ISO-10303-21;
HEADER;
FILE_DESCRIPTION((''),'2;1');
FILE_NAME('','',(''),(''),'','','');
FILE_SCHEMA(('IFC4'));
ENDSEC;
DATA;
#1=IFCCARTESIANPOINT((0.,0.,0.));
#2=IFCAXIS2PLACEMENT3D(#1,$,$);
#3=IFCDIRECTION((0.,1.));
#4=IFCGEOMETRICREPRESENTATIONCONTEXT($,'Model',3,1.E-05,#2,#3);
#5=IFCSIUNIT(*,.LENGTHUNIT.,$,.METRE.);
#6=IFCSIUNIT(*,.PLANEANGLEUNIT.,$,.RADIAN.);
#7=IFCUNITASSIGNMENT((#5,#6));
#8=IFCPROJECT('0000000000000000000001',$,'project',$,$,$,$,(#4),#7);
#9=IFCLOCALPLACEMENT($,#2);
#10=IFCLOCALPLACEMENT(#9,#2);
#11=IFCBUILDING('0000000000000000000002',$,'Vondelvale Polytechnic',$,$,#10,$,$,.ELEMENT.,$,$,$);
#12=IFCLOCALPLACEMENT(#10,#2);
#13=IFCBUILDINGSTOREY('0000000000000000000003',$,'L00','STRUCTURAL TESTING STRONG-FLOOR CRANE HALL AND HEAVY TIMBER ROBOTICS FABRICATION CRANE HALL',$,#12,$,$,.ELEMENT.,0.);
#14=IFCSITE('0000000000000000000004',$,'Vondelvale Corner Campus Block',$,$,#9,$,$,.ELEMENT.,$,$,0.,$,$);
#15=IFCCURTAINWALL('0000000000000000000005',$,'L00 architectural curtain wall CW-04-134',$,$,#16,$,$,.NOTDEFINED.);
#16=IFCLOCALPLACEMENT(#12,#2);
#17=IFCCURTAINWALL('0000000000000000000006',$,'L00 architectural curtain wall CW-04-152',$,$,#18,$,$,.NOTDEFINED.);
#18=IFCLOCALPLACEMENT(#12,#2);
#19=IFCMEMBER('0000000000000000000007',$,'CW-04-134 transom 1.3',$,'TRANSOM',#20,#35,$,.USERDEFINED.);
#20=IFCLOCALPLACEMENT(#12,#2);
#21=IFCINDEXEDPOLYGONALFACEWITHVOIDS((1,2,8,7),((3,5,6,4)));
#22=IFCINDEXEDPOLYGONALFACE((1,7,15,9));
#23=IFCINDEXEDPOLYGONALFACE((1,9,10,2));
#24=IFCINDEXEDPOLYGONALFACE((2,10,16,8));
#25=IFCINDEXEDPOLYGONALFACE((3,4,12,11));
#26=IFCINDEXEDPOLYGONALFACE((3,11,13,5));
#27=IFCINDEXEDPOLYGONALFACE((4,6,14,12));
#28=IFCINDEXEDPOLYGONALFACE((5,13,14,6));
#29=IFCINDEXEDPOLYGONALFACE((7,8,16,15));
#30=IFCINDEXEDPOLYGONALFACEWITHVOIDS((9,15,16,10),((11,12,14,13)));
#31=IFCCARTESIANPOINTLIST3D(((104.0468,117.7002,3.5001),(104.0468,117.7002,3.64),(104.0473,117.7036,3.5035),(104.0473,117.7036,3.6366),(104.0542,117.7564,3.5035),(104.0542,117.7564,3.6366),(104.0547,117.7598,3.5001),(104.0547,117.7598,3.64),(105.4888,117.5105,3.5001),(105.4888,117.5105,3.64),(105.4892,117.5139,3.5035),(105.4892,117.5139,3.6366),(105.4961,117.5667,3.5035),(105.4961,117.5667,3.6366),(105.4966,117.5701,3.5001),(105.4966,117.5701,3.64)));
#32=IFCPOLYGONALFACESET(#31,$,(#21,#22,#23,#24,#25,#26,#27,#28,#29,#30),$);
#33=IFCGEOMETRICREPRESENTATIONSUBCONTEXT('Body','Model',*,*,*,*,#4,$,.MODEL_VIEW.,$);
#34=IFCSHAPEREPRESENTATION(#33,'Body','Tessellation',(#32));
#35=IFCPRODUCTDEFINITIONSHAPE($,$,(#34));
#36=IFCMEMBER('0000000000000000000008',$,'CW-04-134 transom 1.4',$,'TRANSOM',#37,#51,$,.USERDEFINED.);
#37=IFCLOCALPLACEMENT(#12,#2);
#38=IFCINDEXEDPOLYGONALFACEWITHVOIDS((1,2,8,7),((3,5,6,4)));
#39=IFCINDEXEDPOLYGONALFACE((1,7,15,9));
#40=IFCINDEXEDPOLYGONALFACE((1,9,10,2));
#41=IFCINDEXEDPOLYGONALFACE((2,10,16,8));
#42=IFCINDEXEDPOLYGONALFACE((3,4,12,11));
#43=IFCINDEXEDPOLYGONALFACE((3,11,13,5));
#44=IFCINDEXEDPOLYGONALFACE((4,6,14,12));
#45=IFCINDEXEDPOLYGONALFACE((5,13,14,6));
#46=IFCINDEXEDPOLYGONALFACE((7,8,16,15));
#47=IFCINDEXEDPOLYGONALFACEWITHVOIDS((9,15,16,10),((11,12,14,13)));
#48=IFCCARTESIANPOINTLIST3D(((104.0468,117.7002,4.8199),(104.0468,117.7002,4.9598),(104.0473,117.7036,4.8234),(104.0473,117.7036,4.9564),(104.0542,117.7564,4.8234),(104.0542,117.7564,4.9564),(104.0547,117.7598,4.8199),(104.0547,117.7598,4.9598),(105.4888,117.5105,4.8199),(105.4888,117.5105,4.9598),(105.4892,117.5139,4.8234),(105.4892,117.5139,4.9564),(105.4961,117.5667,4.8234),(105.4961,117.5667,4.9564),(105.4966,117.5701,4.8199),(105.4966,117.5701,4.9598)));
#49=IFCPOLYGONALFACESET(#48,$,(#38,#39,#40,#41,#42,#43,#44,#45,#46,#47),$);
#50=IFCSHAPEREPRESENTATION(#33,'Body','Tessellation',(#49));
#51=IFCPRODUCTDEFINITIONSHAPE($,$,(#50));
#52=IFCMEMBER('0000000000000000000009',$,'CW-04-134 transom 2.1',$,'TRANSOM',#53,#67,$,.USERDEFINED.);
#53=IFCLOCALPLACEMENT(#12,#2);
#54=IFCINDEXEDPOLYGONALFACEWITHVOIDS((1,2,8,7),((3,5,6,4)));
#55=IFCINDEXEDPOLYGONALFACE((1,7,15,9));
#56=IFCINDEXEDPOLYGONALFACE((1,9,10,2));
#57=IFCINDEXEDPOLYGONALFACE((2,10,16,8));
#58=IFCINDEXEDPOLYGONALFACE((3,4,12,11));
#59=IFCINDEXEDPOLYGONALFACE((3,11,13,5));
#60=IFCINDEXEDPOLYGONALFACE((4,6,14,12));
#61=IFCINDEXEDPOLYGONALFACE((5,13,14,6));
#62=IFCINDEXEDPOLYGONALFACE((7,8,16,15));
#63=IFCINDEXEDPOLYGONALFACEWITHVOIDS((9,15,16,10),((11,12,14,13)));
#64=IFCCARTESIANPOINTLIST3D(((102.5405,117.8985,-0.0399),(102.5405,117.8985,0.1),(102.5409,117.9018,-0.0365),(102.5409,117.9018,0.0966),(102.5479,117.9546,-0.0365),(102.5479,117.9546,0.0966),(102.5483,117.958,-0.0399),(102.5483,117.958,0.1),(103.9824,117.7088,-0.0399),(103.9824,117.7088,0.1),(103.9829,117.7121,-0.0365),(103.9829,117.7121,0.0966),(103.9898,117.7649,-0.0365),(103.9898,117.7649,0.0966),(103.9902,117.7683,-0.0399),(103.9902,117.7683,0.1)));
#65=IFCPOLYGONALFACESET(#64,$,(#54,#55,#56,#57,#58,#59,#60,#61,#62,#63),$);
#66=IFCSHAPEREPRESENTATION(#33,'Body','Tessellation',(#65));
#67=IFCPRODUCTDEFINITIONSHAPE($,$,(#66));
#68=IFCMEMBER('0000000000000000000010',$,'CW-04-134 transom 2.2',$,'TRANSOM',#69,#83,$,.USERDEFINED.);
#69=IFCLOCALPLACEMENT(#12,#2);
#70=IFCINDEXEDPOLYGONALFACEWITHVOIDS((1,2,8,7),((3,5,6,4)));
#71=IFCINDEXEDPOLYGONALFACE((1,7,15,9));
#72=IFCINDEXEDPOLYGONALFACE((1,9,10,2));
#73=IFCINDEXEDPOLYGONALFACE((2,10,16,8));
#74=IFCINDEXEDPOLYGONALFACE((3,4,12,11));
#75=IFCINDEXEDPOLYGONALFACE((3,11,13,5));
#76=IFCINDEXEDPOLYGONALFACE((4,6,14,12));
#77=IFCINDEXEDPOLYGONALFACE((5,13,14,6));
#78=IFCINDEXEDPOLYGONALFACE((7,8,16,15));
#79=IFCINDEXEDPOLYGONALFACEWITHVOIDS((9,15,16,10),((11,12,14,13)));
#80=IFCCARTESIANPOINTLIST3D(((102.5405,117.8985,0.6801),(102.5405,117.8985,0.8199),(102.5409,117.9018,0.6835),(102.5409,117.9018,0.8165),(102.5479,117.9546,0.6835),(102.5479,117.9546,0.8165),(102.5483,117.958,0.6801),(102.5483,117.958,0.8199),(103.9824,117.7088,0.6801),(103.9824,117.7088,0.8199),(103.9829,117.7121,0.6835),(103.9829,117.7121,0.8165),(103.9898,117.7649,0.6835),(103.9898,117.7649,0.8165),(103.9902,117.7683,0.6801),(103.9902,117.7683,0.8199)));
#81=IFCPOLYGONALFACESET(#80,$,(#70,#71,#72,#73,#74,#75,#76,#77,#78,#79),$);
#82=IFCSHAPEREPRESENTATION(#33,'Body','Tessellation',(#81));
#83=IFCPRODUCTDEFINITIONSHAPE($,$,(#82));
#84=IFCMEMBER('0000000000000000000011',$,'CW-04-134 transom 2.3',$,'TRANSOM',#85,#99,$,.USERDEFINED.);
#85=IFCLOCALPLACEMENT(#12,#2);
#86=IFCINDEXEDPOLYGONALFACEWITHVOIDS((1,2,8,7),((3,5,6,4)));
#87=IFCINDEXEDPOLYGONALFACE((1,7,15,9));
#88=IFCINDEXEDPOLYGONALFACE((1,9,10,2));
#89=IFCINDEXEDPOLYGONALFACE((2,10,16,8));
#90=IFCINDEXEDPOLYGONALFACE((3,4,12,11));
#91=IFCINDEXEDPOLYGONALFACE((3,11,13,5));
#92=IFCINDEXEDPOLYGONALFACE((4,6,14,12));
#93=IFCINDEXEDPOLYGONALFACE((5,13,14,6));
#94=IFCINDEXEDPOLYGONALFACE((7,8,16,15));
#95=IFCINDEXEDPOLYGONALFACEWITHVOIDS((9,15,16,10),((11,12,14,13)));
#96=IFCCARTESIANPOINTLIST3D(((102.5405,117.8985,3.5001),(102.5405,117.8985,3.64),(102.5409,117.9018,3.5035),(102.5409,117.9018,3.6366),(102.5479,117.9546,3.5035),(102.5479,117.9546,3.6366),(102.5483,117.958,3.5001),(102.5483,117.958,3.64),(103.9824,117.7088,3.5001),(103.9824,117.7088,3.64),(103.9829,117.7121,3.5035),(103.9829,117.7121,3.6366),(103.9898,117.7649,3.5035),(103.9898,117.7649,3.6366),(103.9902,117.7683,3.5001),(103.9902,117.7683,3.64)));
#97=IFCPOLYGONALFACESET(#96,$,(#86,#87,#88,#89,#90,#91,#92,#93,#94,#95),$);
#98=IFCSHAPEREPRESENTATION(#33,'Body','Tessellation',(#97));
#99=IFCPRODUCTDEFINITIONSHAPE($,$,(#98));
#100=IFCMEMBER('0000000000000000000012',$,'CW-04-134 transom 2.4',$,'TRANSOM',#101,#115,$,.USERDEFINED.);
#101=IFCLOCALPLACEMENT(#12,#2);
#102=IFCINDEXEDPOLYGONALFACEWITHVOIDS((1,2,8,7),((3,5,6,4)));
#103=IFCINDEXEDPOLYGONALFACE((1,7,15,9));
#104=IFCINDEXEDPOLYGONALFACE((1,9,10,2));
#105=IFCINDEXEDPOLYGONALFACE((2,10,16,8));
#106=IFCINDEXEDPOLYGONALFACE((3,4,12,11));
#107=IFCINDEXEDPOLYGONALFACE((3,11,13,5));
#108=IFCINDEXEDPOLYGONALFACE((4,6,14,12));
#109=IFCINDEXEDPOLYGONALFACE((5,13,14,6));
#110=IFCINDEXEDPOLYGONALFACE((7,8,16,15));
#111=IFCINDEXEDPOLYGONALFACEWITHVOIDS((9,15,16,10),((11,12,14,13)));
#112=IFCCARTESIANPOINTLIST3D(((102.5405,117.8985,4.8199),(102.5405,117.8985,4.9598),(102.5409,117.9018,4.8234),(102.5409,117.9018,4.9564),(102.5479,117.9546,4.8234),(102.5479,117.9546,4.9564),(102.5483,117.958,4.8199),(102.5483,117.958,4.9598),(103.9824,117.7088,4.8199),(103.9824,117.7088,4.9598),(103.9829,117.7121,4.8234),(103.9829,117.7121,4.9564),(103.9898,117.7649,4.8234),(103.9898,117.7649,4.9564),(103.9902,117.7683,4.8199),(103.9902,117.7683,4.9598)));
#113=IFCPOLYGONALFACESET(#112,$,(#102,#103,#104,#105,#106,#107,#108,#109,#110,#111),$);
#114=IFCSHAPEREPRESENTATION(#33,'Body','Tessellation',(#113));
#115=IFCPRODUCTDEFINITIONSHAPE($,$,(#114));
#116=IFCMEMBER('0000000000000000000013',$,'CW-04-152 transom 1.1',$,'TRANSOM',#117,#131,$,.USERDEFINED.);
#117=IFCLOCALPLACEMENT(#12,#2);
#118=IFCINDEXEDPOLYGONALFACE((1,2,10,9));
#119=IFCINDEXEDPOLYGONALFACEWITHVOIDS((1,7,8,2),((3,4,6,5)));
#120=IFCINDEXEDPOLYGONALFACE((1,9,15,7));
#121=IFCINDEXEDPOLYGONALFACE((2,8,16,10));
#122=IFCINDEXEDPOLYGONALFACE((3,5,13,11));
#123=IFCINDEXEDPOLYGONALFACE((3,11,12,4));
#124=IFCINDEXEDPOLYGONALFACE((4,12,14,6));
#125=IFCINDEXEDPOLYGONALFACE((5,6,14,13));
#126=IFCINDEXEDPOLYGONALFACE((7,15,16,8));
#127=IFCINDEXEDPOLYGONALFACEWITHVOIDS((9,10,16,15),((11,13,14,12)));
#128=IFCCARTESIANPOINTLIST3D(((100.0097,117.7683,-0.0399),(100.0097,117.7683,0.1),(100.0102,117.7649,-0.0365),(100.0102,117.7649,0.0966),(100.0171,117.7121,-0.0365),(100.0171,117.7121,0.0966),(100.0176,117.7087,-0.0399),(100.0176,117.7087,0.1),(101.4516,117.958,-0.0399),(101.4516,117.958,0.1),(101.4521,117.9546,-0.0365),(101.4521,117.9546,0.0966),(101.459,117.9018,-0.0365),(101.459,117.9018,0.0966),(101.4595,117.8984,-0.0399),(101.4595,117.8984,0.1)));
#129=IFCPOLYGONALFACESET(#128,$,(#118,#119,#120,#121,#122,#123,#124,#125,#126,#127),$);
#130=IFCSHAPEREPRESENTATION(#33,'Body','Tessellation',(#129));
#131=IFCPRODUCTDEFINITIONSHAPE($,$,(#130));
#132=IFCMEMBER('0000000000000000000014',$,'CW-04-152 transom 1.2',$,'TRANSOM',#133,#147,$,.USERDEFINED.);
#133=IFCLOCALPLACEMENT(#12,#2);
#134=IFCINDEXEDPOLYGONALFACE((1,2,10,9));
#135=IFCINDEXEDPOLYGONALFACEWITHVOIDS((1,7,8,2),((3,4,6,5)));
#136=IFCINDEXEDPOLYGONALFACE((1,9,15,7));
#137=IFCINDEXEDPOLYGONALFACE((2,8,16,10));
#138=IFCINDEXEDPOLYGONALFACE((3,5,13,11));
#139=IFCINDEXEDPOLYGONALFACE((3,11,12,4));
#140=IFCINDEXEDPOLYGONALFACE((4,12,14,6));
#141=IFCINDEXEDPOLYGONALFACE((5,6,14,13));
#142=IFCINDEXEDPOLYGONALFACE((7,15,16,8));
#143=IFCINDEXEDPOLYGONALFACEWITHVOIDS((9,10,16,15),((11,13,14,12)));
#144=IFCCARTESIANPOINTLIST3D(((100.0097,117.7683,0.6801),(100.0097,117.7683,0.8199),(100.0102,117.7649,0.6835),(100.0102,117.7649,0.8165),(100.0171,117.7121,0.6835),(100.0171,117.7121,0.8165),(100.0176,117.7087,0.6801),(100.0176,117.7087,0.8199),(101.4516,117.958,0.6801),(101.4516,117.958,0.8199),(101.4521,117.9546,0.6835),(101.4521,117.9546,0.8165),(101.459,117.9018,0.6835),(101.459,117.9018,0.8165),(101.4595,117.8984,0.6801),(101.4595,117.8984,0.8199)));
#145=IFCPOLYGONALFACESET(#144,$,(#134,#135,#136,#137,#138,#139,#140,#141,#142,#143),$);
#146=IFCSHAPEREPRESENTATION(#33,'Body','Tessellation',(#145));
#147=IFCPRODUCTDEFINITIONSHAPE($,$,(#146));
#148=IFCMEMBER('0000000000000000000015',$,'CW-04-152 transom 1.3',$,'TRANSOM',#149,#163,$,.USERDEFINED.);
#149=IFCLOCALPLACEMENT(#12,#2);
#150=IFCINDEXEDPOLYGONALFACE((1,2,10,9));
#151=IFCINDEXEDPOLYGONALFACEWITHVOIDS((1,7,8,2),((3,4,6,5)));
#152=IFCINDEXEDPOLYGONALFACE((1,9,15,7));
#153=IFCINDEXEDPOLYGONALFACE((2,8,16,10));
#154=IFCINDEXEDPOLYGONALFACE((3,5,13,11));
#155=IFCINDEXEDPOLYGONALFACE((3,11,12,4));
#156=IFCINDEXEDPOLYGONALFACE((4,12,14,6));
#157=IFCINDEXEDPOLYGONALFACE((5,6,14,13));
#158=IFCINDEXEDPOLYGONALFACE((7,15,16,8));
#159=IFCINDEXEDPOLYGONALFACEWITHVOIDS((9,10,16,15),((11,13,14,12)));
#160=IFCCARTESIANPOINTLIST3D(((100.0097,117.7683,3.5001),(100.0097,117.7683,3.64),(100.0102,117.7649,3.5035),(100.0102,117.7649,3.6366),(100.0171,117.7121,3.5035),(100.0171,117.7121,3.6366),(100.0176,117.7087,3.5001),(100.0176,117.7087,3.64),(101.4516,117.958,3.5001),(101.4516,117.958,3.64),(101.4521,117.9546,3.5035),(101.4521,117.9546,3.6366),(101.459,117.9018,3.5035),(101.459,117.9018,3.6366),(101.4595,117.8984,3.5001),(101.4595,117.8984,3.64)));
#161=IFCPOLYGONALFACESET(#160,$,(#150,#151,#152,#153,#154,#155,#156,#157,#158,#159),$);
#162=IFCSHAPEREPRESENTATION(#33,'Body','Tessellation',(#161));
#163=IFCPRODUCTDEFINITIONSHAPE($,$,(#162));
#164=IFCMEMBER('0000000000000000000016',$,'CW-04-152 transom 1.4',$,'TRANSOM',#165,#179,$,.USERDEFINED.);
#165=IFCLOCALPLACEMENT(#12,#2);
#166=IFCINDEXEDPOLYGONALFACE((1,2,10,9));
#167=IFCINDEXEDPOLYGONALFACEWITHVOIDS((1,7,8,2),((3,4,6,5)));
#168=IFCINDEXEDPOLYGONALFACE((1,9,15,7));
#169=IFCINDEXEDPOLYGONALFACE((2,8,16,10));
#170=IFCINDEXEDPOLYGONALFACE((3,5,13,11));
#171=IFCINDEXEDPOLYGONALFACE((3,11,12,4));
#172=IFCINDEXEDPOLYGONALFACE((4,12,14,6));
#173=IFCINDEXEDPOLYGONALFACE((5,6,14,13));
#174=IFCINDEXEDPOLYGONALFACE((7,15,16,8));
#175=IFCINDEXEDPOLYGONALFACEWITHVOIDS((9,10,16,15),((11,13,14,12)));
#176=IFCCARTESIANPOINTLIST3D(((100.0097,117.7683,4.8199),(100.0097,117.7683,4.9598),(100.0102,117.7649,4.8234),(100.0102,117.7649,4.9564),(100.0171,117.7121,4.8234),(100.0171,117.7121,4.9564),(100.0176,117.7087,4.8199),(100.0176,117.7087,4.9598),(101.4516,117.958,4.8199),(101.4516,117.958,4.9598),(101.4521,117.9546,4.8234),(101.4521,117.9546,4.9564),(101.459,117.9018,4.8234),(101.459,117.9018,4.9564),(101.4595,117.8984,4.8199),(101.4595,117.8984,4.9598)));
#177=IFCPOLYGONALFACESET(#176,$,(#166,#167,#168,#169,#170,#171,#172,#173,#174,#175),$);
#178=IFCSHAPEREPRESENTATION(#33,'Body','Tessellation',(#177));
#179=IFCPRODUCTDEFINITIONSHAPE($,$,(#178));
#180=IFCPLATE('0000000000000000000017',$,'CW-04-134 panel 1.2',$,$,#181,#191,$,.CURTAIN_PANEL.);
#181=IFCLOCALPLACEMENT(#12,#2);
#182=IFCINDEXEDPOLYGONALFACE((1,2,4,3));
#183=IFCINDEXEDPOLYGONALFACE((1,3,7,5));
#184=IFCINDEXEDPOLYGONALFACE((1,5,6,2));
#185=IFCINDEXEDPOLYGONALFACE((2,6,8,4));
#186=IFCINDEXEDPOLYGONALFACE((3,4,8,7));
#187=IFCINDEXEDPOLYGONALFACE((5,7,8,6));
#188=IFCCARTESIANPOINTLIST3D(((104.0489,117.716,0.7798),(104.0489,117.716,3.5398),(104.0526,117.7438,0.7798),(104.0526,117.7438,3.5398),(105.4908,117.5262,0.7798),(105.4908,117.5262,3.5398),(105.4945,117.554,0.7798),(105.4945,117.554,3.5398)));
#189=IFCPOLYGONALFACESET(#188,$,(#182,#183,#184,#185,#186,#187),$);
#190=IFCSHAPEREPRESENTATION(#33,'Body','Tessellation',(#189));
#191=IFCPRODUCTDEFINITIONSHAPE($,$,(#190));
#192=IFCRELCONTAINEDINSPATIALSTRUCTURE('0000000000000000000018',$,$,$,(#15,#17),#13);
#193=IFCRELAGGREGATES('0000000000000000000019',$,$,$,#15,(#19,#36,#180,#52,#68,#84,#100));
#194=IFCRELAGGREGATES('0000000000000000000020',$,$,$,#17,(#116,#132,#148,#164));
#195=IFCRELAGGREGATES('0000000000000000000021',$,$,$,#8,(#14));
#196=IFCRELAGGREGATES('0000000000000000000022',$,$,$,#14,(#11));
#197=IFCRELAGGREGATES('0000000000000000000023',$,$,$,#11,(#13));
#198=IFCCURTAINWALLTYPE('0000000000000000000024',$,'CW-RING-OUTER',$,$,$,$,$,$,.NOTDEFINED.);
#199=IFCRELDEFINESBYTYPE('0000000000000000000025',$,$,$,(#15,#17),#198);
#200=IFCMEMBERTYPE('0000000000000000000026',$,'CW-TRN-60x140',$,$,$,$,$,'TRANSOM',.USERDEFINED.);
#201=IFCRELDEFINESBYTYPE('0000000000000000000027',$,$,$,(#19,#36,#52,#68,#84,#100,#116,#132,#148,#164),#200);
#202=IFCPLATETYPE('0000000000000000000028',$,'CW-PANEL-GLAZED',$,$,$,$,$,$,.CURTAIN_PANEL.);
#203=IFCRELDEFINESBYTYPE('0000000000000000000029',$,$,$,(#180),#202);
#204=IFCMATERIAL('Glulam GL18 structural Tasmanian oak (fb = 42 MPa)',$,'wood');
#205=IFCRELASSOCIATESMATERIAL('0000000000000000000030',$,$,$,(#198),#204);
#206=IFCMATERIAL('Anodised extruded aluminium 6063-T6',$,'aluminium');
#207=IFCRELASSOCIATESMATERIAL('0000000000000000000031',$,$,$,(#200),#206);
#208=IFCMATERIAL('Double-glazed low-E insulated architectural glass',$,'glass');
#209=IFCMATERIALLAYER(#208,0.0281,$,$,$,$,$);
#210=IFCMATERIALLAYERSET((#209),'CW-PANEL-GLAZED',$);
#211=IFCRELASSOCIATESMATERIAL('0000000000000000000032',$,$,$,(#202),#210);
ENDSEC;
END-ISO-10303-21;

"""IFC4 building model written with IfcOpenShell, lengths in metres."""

from ifc_helpers import new_model, si_unit, direction, frame, origin, origin_2d, place, context, subcontext, project, spatial, rectangle, hollow_rectangle, extrude, material, layer, layer_set, material_profile, profile_set, type_object, element, aggregate, save


model = new_model("IFC4")

# Units and contexts
model_context = context("Model", 3, precision=1e-05, world=origin(), true_north=direction((0.0, 1.0)))
body_context = subcontext(model_context, "Body", "Model", "MODEL_VIEW")
ifc_project = project(units=[si_unit("LENGTHUNIT", "METRE"), si_unit("PLANEANGLEUNIT", "RADIAN")], contexts=[model_context])

# Site, building, storey
site_placement = place(None, origin())
site = spatial("IfcSite", under=ifc_project, at=site_placement, Name="Vondelvale Corner Campus Block", CompositionType="ELEMENT", RefElevation=0.0)
building_placement = place(site_placement, origin())
building = spatial("IfcBuilding", under=site, at=building_placement, Name="Vondelvale Polytechnic", CompositionType="ELEMENT")
storey_placement = place(building_placement, origin())
storey = spatial("IfcBuildingStorey", under=building, at=storey_placement, Name="L00", Description="STRUCTURAL TESTING STRONG-FLOOR CRANE HALL AND HEAVY TIMBER ROBOTICS FABRICATION CRANE HALL", CompositionType="ELEMENT", Elevation=0.0)

# Curtain wall
ifc_material_1 = material(Name="Glulam GL18 structural Tasmanian oak (fb = 42 MPa)", Category="wood")
curtain_wall_type = type_object("IfcCurtainWallType", Name="CW-RING-OUTER", PredefinedType="NOTDEFINED", material=ifc_material_1)
curtain_wall_1_placement = place(storey_placement, origin())
curtain_wall_1 = element("IfcCurtainWall", 1, at=curtain_wall_1_placement, inside=storey, type_object=curtain_wall_type, Name="L00 architectural curtain wall CW-04-134", PredefinedType="NOTDEFINED")
ifc_material_2 = material(Name="Anodised extruded aluminium 6063-T6", Category="aluminium")

# Curtain wall
curtain_wall_2_placement = place(storey_placement, origin())
curtain_wall_2 = element("IfcCurtainWall", 2, at=curtain_wall_2_placement, inside=storey, type_object=curtain_wall_type, Name="L00 architectural curtain wall CW-04-152", PredefinedType="NOTDEFINED")

# Members
ifc_material_profile_1 = material_profile(ifc_material_2, hollow_rectangle(XDim=0.0601, YDim=0.1399, WallThickness=0.0034, at=origin_2d()), Name="CW-TRN-140x60")
ifc_profile_set_1 = profile_set([ifc_material_profile_1], Name="Anodised extruded aluminium 6063-T6")
member_type_1 = type_object("IfcMemberType", Name="CW-TRN-60x140", ElementType="TRANSOM", PredefinedType="USERDEFINED", material=ifc_profile_set_1)
member_1_placement = place(storey_placement, frame((105.4927, 117.5403, 3.5701), z_axis=(-0.991457, 0.130437, 0.0), x_axis=(-0.130437, -0.991457, 0.0)))
member_1 = element("IfcMember", 3, at=member_1_placement, type_object=member_type_1, Name="CW-04-134 transom 1.3", ObjectType="TRANSOM", PredefinedType="USERDEFINED", context=body_context, shape_type="SweptSolid", body=[
    extrude(hollow_rectangle(XDim=0.0601, YDim=0.1399, WallThickness=0.0034, at=origin_2d()), origin(), (0.0, 0.0, 1.0), 1.4543),
])
member_2_placement = place(storey_placement, frame((105.4927, 117.5403, 4.8899), z_axis=(-0.991457, 0.130437, 0.0), x_axis=(-0.130437, -0.991457, 0.0)))
member_2 = element("IfcMember", 4, at=member_2_placement, type_object=member_type_1, Name="CW-04-134 transom 1.4", ObjectType="TRANSOM", PredefinedType="USERDEFINED", context=body_context, shape_type="SweptSolid", body=[
    extrude(hollow_rectangle(XDim=0.0601, YDim=0.1399, WallThickness=0.0034, at=origin_2d()), origin(), (0.0, 0.0, 1.0), 1.4543),
])
member_3_placement = place(storey_placement, frame((103.9863, 117.7385, 0.03), z_axis=(-0.991457, 0.130437, 0.0), x_axis=(-0.130437, -0.991457, 0.0)))
member_3 = element("IfcMember", 5, at=member_3_placement, type_object=member_type_1, Name="CW-04-134 transom 2.1", ObjectType="TRANSOM", PredefinedType="USERDEFINED", context=body_context, shape_type="SweptSolid", body=[
    extrude(hollow_rectangle(XDim=0.0601, YDim=0.1399, WallThickness=0.0034, at=origin_2d()), origin(), (0.0, 0.0, 1.0), 1.4543),
])
member_4_placement = place(storey_placement, frame((103.9863, 117.7385, 0.75), z_axis=(-0.991457, 0.130437, 0.0), x_axis=(-0.130437, -0.991457, 0.0)))
member_4 = element("IfcMember", 6, at=member_4_placement, type_object=member_type_1, Name="CW-04-134 transom 2.2", ObjectType="TRANSOM", PredefinedType="USERDEFINED", context=body_context, shape_type="SweptSolid", body=[
    extrude(hollow_rectangle(XDim=0.0601, YDim=0.1399, WallThickness=0.0034, at=origin_2d()), origin(), (0.0, 0.0, 1.0), 1.4543),
])
member_5_placement = place(storey_placement, frame((103.9863, 117.7385, 3.5701), z_axis=(-0.991457, 0.130437, 0.0), x_axis=(-0.130437, -0.991457, 0.0)))
member_5 = element("IfcMember", 7, at=member_5_placement, type_object=member_type_1, Name="CW-04-134 transom 2.3", ObjectType="TRANSOM", PredefinedType="USERDEFINED", context=body_context, shape_type="SweptSolid", body=[
    extrude(hollow_rectangle(XDim=0.0601, YDim=0.1399, WallThickness=0.0034, at=origin_2d()), origin(), (0.0, 0.0, 1.0), 1.4543),
])
member_6_placement = place(storey_placement, frame((103.9863, 117.7385, 4.8899), z_axis=(-0.991457, 0.130437, 0.0), x_axis=(-0.130437, -0.991457, 0.0)))
member_6 = element("IfcMember", 8, at=member_6_placement, type_object=member_type_1, Name="CW-04-134 transom 2.4", ObjectType="TRANSOM", PredefinedType="USERDEFINED", context=body_context, shape_type="SweptSolid", body=[
    extrude(hollow_rectangle(XDim=0.0601, YDim=0.1399, WallThickness=0.0034, at=origin_2d()), origin(), (0.0, 0.0, 1.0), 1.4543),
])
member_7_placement = place(storey_placement, frame((101.4556, 117.9282, 0.03), z_axis=(-0.991457, -0.130437, 0.0), x_axis=(0.130437, -0.991457, 0.0)))
member_7 = element("IfcMember", 9, at=member_7_placement, type_object=member_type_1, Name="CW-04-152 transom 1.1", ObjectType="TRANSOM", PredefinedType="USERDEFINED", context=body_context, shape_type="SweptSolid", body=[
    extrude(hollow_rectangle(XDim=0.0601, YDim=0.1399, WallThickness=0.0034, at=origin_2d()), origin(), (0.0, 0.0, 1.0), 1.4543),
])
member_8_placement = place(storey_placement, frame((101.4556, 117.9282, 0.75), z_axis=(-0.991457, -0.130437, 0.0), x_axis=(0.130437, -0.991457, 0.0)))
member_8 = element("IfcMember", 10, at=member_8_placement, type_object=member_type_1, Name="CW-04-152 transom 1.2", ObjectType="TRANSOM", PredefinedType="USERDEFINED", context=body_context, shape_type="SweptSolid", body=[
    extrude(hollow_rectangle(XDim=0.0601, YDim=0.1399, WallThickness=0.0034, at=origin_2d()), origin(), (0.0, 0.0, 1.0), 1.4543),
])
member_9_placement = place(storey_placement, frame((101.4556, 117.9282, 3.5701), z_axis=(-0.991457, -0.130437, 0.0), x_axis=(0.130437, -0.991457, 0.0)))
member_9 = element("IfcMember", 11, at=member_9_placement, type_object=member_type_1, Name="CW-04-152 transom 1.3", ObjectType="TRANSOM", PredefinedType="USERDEFINED", context=body_context, shape_type="SweptSolid", body=[
    extrude(hollow_rectangle(XDim=0.0601, YDim=0.1399, WallThickness=0.0034, at=origin_2d()), origin(), (0.0, 0.0, 1.0), 1.4543),
])
member_10_placement = place(storey_placement, frame((101.4556, 117.9282, 4.8899), z_axis=(-0.991457, -0.130437, 0.0), x_axis=(0.130437, -0.991457, 0.0)))
member_10 = element("IfcMember", 12, at=member_10_placement, type_object=member_type_1, Name="CW-04-152 transom 1.4", ObjectType="TRANSOM", PredefinedType="USERDEFINED", context=body_context, shape_type="SweptSolid", body=[
    extrude(hollow_rectangle(XDim=0.0601, YDim=0.1399, WallThickness=0.0034, at=origin_2d()), origin(), (0.0, 0.0, 1.0), 1.4543),
])

# Plate
ifc_material_3 = material(Name="Double-glazed low-E insulated architectural glass", Category="glass")
ifc_layer_1 = layer(ifc_material_3, 0.0281)
ifc_layer_set_1 = layer_set([ifc_layer_1], Name="CW-PANEL-GLAZED")
plate_type_1 = type_object("IfcPlateType", Name="CW-PANEL-GLAZED", PredefinedType="CURTAIN_PANEL", material=ifc_layer_set_1)
plate_1_placement = place(storey_placement, frame((104.7717, 117.635, 0.7798), z_axis=(0.0, 0.0, 1.0), x_axis=(-0.991445, 0.130524, 0.0)))
plate_1 = element("IfcPlate", 13, at=plate_1_placement, type_object=plate_type_1, Name="CW-04-134 panel 1.2", PredefinedType="CURTAIN_PANEL", context=body_context, shape_type="SweptSolid", body=[
    extrude(rectangle(XDim=1.4543, YDim=0.0281, at=origin_2d()), origin(), (0.0, 0.0, 1.0), 2.76),
])
aggregate(curtain_wall_1, [member_1, member_2, plate_1, member_3, member_4, member_5, member_6])
aggregate(curtain_wall_2, [member_7, member_8, member_9, member_10])

save(model, "model.ifc")
